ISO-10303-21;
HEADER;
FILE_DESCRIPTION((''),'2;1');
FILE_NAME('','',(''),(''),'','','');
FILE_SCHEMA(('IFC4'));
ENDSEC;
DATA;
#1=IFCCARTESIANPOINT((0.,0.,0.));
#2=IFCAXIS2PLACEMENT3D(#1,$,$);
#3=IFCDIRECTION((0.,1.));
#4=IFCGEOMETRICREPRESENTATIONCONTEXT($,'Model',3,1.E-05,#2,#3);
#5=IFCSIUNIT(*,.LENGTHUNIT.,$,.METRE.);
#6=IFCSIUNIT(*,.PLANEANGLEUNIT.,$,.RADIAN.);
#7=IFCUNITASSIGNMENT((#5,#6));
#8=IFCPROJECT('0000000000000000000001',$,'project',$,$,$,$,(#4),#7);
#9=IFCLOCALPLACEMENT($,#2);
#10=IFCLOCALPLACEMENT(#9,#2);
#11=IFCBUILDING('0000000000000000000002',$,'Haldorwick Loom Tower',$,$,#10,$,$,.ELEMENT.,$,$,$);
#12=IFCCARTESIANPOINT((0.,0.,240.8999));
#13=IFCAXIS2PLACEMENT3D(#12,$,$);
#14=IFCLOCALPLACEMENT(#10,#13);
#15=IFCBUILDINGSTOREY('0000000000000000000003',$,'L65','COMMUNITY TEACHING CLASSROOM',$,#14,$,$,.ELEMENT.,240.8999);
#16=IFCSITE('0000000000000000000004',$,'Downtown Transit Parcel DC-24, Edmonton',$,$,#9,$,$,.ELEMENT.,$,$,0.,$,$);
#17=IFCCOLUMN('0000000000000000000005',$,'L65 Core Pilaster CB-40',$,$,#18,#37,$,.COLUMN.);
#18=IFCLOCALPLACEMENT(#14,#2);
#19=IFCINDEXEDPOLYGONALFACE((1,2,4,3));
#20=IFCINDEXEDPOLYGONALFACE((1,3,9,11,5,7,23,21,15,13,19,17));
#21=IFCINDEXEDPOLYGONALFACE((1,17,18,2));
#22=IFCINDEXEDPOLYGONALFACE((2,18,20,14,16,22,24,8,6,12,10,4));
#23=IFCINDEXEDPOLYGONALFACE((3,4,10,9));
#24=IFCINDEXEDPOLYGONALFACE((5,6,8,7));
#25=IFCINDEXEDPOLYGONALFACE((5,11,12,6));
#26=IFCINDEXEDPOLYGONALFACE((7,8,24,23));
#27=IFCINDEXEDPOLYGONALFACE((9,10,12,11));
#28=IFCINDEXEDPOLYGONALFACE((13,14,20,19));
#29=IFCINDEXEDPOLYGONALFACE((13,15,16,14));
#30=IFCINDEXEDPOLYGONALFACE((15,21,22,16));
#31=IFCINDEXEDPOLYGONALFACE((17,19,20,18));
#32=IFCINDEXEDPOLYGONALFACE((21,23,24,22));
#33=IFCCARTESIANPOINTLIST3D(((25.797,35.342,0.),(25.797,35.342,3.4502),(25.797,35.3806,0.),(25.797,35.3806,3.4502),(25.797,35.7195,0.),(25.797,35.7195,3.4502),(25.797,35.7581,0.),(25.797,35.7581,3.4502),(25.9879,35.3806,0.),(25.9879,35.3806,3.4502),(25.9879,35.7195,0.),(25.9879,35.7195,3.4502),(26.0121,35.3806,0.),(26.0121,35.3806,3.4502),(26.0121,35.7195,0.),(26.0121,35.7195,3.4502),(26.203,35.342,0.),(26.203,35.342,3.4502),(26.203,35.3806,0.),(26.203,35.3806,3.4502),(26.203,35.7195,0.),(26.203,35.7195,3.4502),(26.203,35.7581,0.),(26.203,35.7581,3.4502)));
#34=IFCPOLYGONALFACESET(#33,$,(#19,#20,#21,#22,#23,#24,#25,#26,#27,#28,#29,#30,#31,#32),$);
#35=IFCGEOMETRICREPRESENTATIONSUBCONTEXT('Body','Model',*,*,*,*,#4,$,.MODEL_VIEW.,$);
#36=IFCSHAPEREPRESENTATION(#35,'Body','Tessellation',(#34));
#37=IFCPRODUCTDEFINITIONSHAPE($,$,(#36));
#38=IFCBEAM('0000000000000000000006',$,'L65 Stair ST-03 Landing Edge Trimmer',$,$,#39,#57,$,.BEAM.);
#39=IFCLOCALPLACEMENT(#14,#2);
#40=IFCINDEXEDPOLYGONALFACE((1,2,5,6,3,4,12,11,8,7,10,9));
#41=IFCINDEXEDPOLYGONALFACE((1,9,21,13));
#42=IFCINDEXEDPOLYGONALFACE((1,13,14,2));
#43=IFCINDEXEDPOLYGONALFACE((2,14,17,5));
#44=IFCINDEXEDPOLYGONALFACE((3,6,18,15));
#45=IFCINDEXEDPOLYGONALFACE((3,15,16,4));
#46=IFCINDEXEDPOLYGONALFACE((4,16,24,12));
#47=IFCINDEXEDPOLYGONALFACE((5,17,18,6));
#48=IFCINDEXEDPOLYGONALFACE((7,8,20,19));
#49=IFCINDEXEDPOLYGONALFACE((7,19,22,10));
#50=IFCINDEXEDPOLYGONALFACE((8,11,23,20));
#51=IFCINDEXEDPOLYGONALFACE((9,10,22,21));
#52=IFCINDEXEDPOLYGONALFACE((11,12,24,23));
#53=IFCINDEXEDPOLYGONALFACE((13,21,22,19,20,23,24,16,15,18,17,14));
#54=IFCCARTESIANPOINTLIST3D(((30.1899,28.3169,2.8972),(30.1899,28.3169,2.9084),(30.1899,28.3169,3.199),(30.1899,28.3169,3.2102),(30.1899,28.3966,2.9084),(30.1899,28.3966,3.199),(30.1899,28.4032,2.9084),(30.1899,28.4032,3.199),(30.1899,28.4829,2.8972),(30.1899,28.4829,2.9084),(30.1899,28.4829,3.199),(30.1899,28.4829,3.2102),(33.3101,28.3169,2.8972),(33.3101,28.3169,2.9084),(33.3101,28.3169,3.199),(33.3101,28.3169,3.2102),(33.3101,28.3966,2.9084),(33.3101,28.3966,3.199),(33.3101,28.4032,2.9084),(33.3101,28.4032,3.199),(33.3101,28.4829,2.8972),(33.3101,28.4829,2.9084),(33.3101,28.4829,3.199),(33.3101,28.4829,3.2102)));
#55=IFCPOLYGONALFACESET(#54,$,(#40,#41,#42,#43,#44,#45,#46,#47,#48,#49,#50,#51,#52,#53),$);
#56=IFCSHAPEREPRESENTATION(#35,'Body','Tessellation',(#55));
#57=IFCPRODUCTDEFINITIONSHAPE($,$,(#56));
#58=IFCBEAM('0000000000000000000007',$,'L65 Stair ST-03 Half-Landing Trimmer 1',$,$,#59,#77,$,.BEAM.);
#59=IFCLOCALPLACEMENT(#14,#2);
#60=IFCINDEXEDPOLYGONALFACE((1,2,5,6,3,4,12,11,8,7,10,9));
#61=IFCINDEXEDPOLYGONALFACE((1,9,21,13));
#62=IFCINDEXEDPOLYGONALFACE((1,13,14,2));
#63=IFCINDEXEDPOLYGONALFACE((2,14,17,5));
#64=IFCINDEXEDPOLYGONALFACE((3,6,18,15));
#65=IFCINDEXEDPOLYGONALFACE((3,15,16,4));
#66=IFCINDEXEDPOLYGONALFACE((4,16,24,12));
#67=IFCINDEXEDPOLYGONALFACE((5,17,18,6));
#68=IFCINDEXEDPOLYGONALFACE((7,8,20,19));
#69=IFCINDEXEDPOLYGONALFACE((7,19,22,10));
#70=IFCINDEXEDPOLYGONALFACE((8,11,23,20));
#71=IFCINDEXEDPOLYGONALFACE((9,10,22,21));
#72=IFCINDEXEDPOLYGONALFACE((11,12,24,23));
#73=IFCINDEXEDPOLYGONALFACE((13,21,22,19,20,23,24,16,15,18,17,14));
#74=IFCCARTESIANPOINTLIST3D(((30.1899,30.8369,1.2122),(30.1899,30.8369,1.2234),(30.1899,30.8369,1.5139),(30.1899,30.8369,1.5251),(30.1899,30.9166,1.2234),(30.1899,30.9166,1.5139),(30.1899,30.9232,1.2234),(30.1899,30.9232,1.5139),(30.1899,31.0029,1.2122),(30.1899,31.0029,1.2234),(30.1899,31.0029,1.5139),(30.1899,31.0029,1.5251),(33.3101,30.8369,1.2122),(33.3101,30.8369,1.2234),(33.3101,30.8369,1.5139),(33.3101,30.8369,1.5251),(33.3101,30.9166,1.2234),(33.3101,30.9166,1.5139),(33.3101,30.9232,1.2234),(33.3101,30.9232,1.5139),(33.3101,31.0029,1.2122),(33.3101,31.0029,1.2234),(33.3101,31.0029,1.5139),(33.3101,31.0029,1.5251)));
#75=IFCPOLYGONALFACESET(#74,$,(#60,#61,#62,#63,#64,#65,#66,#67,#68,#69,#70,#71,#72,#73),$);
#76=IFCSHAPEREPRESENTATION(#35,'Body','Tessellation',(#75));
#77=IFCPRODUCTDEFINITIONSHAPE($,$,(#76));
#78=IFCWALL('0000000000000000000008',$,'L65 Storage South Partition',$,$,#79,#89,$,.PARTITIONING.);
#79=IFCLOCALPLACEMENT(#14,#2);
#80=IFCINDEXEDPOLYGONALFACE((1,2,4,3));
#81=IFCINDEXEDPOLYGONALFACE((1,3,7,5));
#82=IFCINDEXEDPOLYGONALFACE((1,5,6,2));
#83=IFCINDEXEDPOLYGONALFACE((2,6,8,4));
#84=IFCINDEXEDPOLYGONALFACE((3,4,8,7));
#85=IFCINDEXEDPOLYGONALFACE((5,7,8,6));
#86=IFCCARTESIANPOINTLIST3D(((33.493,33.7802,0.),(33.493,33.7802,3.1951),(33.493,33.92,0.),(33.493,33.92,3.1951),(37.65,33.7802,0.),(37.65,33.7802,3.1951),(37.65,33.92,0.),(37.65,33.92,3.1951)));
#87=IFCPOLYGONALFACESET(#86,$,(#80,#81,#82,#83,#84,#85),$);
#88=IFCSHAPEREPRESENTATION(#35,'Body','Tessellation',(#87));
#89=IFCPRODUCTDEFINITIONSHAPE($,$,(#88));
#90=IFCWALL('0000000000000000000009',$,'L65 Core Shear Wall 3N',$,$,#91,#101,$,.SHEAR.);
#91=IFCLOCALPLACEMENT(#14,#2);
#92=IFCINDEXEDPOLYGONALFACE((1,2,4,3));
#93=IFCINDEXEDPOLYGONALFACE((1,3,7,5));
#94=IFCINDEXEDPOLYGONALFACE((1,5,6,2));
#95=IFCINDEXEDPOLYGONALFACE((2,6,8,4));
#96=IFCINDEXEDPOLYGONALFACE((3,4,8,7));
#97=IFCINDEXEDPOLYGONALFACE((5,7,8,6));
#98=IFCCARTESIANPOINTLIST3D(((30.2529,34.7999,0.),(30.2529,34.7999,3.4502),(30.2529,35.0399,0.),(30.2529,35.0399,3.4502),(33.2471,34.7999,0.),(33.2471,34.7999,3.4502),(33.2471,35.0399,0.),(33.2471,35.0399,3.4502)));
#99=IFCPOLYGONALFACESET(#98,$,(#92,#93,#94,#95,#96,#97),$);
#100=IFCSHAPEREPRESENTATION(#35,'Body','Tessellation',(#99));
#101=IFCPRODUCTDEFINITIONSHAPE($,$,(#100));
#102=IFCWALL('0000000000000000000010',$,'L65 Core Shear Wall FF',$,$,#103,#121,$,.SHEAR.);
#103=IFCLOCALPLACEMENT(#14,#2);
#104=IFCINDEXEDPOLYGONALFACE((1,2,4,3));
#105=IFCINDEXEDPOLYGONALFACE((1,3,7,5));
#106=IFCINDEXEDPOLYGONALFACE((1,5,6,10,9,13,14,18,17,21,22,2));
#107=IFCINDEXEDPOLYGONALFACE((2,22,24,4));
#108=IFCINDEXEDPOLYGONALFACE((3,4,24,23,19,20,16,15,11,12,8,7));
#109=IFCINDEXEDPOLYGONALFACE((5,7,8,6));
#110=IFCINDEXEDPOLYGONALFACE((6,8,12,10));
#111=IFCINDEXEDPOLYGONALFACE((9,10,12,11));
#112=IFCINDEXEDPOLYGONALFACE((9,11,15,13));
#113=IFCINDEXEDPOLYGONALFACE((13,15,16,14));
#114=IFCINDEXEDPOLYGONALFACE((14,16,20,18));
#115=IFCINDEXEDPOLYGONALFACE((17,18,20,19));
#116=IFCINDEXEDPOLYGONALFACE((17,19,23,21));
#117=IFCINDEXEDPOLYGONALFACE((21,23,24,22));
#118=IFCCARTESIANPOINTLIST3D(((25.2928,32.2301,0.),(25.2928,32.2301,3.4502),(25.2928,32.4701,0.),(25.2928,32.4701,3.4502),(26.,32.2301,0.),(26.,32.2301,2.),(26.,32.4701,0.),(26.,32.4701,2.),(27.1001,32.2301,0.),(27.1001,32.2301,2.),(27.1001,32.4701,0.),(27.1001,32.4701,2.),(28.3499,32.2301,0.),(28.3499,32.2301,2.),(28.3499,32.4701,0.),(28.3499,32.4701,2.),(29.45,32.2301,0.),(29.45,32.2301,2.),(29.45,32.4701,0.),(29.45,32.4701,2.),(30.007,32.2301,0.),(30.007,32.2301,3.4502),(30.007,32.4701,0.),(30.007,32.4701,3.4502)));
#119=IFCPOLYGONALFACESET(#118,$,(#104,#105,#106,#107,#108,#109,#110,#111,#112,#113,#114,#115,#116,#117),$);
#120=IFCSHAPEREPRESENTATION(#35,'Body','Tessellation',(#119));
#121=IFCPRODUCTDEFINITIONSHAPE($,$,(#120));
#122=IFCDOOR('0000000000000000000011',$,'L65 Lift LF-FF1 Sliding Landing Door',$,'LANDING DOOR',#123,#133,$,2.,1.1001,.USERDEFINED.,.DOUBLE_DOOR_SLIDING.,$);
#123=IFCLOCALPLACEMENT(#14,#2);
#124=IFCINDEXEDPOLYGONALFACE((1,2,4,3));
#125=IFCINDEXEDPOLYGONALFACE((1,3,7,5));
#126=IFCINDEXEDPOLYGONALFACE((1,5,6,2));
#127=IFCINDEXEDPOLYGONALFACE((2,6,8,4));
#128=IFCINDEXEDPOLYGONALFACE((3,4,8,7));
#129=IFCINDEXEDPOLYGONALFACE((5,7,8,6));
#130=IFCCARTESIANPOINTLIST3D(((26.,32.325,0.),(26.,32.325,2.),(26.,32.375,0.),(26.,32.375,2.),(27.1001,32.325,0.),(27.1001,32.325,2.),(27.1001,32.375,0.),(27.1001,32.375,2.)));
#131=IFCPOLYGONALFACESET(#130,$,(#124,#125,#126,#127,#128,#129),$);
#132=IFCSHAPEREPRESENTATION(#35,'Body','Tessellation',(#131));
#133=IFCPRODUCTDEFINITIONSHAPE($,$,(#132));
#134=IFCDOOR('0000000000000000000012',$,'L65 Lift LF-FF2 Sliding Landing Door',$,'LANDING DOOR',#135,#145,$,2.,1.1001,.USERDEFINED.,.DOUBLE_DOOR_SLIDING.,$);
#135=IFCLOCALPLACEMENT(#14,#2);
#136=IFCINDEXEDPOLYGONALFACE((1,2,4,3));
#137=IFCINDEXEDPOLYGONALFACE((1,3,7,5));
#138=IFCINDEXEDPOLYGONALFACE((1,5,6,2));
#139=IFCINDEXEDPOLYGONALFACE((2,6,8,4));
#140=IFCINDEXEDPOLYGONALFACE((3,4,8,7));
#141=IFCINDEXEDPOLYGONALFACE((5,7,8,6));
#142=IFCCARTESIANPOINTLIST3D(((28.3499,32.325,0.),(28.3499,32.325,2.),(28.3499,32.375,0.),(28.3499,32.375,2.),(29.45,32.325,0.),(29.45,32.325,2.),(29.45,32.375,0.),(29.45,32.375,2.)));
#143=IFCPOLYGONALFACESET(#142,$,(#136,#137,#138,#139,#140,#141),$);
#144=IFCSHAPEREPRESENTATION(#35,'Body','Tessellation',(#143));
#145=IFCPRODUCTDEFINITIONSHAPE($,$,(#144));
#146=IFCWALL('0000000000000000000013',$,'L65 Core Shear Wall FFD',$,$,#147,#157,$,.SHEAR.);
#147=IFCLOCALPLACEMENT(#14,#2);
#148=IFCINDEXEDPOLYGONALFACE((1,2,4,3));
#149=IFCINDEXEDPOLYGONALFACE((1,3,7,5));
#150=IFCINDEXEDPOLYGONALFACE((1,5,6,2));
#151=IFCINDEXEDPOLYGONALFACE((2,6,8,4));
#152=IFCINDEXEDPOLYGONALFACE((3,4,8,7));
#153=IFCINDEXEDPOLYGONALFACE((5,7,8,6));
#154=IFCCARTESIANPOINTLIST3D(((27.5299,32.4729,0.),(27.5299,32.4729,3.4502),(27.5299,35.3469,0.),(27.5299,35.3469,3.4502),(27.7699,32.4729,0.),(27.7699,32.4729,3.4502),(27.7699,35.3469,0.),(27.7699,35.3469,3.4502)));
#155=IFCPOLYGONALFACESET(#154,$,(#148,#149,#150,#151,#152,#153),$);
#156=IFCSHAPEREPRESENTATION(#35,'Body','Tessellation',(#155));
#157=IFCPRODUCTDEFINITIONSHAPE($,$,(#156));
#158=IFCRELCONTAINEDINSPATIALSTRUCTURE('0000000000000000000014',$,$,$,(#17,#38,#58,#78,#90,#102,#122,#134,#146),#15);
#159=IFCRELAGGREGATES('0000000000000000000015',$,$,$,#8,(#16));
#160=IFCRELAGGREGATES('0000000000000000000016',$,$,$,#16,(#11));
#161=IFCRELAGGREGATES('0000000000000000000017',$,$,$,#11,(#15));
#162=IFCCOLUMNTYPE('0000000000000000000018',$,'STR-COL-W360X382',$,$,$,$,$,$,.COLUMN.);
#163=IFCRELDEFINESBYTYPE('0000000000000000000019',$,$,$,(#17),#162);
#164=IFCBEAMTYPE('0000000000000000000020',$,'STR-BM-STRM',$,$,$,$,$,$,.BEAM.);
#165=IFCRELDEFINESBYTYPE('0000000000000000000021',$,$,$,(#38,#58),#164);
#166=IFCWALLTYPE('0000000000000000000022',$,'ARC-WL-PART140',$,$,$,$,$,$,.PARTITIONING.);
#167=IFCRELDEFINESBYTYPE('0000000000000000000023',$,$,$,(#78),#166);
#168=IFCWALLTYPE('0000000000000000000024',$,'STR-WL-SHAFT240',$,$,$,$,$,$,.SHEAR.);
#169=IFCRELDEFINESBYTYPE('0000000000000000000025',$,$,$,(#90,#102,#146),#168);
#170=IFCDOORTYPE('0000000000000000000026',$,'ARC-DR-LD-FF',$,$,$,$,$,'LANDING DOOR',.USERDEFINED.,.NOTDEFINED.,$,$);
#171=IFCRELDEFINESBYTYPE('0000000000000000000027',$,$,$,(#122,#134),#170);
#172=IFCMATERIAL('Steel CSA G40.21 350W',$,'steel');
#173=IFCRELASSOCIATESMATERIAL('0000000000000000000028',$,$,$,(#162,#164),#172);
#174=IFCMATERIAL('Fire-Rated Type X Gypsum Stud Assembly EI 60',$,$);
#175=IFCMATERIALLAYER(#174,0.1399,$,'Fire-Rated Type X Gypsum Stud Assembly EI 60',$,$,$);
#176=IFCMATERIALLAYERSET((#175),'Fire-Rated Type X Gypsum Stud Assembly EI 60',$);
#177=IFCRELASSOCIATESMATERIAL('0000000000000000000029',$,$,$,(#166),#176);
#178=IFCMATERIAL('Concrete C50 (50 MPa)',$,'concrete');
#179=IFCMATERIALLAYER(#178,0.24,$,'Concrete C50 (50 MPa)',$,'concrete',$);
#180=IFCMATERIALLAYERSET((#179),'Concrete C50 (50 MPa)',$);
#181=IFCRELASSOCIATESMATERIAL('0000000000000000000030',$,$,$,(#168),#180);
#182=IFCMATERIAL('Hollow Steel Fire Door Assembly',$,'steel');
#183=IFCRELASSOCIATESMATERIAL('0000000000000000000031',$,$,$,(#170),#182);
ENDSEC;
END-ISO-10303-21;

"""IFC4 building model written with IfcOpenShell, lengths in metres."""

from ifc_helpers import new_model, si_unit, direction, frame, frame_2d, origin, origin_2d, place, context, subcontext, project, spatial, rectangle, i_section, extrude, material, layer, layer_set, material_profile, profile_set, type_object, element, fill, save


model = new_model("IFC4")

# Units and contexts
model_context = context("Model", 3, precision=1e-05, world=origin(), true_north=direction((0.0, 1.0)))
body_context = subcontext(model_context, "Body", "Model", "MODEL_VIEW")
ifc_project = project(units=[si_unit("LENGTHUNIT", "METRE"), si_unit("PLANEANGLEUNIT", "RADIAN")], contexts=[model_context])

# Site, building, storey
site_placement = place(None, origin())
site = spatial("IfcSite", under=ifc_project, at=site_placement, Name="Downtown Transit Parcel DC-24, Edmonton", CompositionType="ELEMENT", RefElevation=0.0)
building_placement = place(site_placement, origin())
building = spatial("IfcBuilding", under=site, at=building_placement, Name="Haldorwick Loom Tower", CompositionType="ELEMENT")
storey_placement = place(building_placement, frame((0.0, 0.0, 240.8999)))
storey = spatial("IfcBuildingStorey", under=building, at=storey_placement, Name="L65", Description="COMMUNITY TEACHING CLASSROOM", CompositionType="ELEMENT", Elevation=240.8999)

# Column
ifc_material_1 = material(Name="Steel CSA G40.21 350W", Category="steel")
ifc_material_profile_1 = material_profile(ifc_material_1, i_section(OverallWidth=0.406, OverallDepth=0.416, WebThickness=0.0242, FlangeThickness=0.0386, at=origin_2d()), Name="W360X382", Category="steel")
ifc_profile_set_1 = profile_set([ifc_material_profile_1], Name="Steel CSA G40.21 350W")
column_type = type_object("IfcColumnType", Name="STR-COL-W360X382", PredefinedType="COLUMN", material=ifc_profile_set_1)
column_placement = place(storey_placement, frame((26.0, 35.55, 0.0), z_axis=(0.0, 0.0, 1.0), x_axis=(1.0, 0.0, 0.0)))
element("IfcColumn", 1, at=column_placement, inside=storey, type_object=column_type, Name="L65 Core Pilaster CB-40", PredefinedType="COLUMN", context=body_context, shape_type="SweptSolid", body=[
    extrude(i_section(OverallWidth=0.406, OverallDepth=0.416, WebThickness=0.0242, FlangeThickness=0.0386, at=origin_2d()), origin(), (0.0, 0.0, 1.0), 3.4502),
])

# Beams
ifc_material_profile_2 = material_profile(ifc_material_1, i_section(OverallWidth=0.166, OverallDepth=0.313, WebThickness=0.0066, FlangeThickness=0.0112, at=origin_2d()), Name="W310X45", Category="steel")
ifc_profile_set_2 = profile_set([ifc_material_profile_2], Name="Steel CSA G40.21 350W")
beam_type = type_object("IfcBeamType", Name="STR-BM-STRM", PredefinedType="BEAM", material=ifc_profile_set_2)
for number, where, z_axis, x_axis, name in (
    (2, (30.1899, 28.3999, 3.0537), (1.0, 0.0, 0.0), (0.0, 1.0, 0.0), "L65 Stair ST-03 Landing Edge Trimmer"),
    (3, (30.1899, 30.9199, 1.3687), (1.0, 0.0, 0.0), (0.0, 1.0, 0.0), "L65 Stair ST-03 Half-Landing Trimmer 1"),
):
    element("IfcBeam", number, at=place(storey_placement, frame(where, z_axis=z_axis, x_axis=x_axis)), inside=storey, type_object=beam_type, Name=name, PredefinedType="BEAM", context=body_context, shape_type="SweptSolid", body=[
        extrude(i_section(OverallWidth=0.166, OverallDepth=0.313, WebThickness=0.0066, FlangeThickness=0.0112, at=origin_2d()), origin(), (0.0, 0.0, 1.0), 3.1201),
    ])

# Walls
ifc_material_2 = material(Name="Fire-Rated Type X Gypsum Stud Assembly EI 60")
ifc_layer_1 = layer(ifc_material_2, 0.1399, Name="Fire-Rated Type X Gypsum Stud Assembly EI 60")
ifc_layer_set_1 = layer_set([ifc_layer_1], Name="Fire-Rated Type X Gypsum Stud Assembly EI 60")
wall_type_1 = type_object("IfcWallType", Name="ARC-WL-PART140", PredefinedType="PARTITIONING", material=ifc_layer_set_1)
wall_1_placement = place(storey_placement, frame((33.4929, 33.8501, 0.0), z_axis=(0.0, 0.0, 1.0), x_axis=(1.0, 0.0, 0.0)))
element("IfcWall", 4, at=wall_1_placement, inside=storey, type_object=wall_type_1, Name="L65 Storage South Partition", PredefinedType="PARTITIONING", context=body_context, shape_type="SweptSolid", body=[
    extrude(rectangle(XDim=4.157, YDim=0.1399, at=frame_2d((2.0786, 0.0))), origin(), (0.0, 0.0, 1.0), 3.1951),
])
ifc_material_3 = material(Name="Concrete C50 (50 MPa)", Category="concrete")
ifc_layer_2 = layer(ifc_material_3, 0.24, Name="Concrete C50 (50 MPa)", Category="concrete")
ifc_layer_set_2 = layer_set([ifc_layer_2], Name="Concrete C50 (50 MPa)")
wall_type_2 = type_object("IfcWallType", Name="STR-WL-SHAFT240", PredefinedType="SHEAR", material=ifc_layer_set_2)
wall_2_placement = place(storey_placement, frame((30.2529, 34.9199, 0.0), z_axis=(0.0, 0.0, 1.0), x_axis=(1.0, 0.0, 0.0)))
element("IfcWall", 5, at=wall_2_placement, inside=storey, type_object=wall_type_2, Name="L65 Core Shear Wall 3N", PredefinedType="SHEAR", context=body_context, shape_type="SweptSolid", body=[
    extrude(rectangle(XDim=2.9941, YDim=0.24, at=frame_2d((1.4971, 0.0))), origin(), (0.0, 0.0, 1.0), 3.4502),
])

# Wall, openings, doors
wall_3_placement = place(storey_placement, frame((25.293, 32.3501, 0.0), z_axis=(0.0, 0.0, 1.0), x_axis=(1.0, 0.0, 0.0)))
wall_3 = element("IfcWall", 6, at=wall_3_placement, inside=storey, type_object=wall_type_2, Name="L65 Core Shear Wall FF", PredefinedType="SHEAR", context=body_context, shape_type="SweptSolid", body=[
    extrude(rectangle(XDim=4.7141, YDim=0.24, at=frame_2d((2.3569, 0.0))), origin(), (0.0, 0.0, 1.0), 3.4502),
])
opening_1_placement = place(wall_3_placement, frame((0.707, 0.0, 0.0)))
opening_1 = element("IfcOpeningElement", 7, at=opening_1_placement, cuts=wall_3, PredefinedType="OPENING", context=body_context, shape_type="SweptSolid", body=[
    extrude(rectangle(XDim=1.1001, YDim=2.0, at=frame_2d((0.55, 1.0))), frame((0.0, 0.1299, 0.0), z_axis=(0.0, -1.0, 0.0), x_axis=(1.0, 0.0, 0.0)), (0.0, 0.0, 1.0), 0.26),
])
opening_2_placement = place(wall_3_placement, frame((3.0569, 0.0, 0.0)))
opening_2 = element("IfcOpeningElement", 8, at=opening_2_placement, cuts=wall_3, PredefinedType="OPENING", context=body_context, shape_type="SweptSolid", body=[
    extrude(rectangle(XDim=1.1001, YDim=2.0, at=frame_2d((0.55, 1.0))), frame((0.0, 0.1299, 0.0), z_axis=(0.0, -1.0, 0.0), x_axis=(1.0, 0.0, 0.0)), (0.0, 0.0, 1.0), 0.26),
])
ifc_material_4 = material(Name="Hollow Steel Fire Door Assembly", Category="steel")
door_type_1 = type_object("IfcDoorType", Name="ARC-DR-LD-FF", ElementType="LANDING DOOR", OperationType="NOTDEFINED", PredefinedType="USERDEFINED", material=ifc_material_4)
door_1_placement = place(opening_1_placement, origin())
door_1 = element("IfcDoor", 9, at=door_1_placement, inside=storey, type_object=door_type_1, Name="L65 Lift LF-FF1 Sliding Landing Door", ObjectType="LANDING DOOR", OperationType="DOUBLE_DOOR_SLIDING", OverallHeight=2.0, OverallWidth=1.1001, PredefinedType="USERDEFINED", context=body_context, shape_type="SweptSolid", body=[
    extrude(rectangle(XDim=1.1001, YDim=2.0, at=frame_2d((0.55, 1.0))), frame((0.0, 0.0249, 0.0), z_axis=(0.0, -1.0, 0.0), x_axis=(1.0, 0.0, 0.0)), (0.0, 0.0, 1.0), 0.05),
])
fill(opening_1, door_1)
door_2_placement = place(opening_2_placement, origin())
door_2 = element("IfcDoor", 10, at=door_2_placement, inside=storey, type_object=door_type_1, Name="L65 Lift LF-FF2 Sliding Landing Door", ObjectType="LANDING DOOR", OperationType="DOUBLE_DOOR_SLIDING", OverallHeight=2.0, OverallWidth=1.1001, PredefinedType="USERDEFINED", context=body_context, shape_type="SweptSolid", body=[
    extrude(rectangle(XDim=1.1001, YDim=2.0, at=frame_2d((0.55, 1.0))), frame((0.0, 0.0249, 0.0), z_axis=(0.0, -1.0, 0.0), x_axis=(1.0, 0.0, 0.0)), (0.0, 0.0, 1.0), 0.05),
])
fill(opening_2, door_2)

# Wall
wall_4_placement = place(storey_placement, frame((27.6499, 32.4729, 0.0), z_axis=(0.0, 0.0, 1.0), x_axis=(0.0, 1.0, 0.0)))
element("IfcWall", 11, at=wall_4_placement, inside=storey, type_object=wall_type_2, Name="L65 Core Shear Wall FFD", PredefinedType="SHEAR", context=body_context, shape_type="SweptSolid", body=[
    extrude(rectangle(XDim=2.874, YDim=0.24, at=frame_2d((1.437, 0.0))), origin(), (0.0, 0.0, 1.0), 3.4502),
])

save(model, "model.ifc")
